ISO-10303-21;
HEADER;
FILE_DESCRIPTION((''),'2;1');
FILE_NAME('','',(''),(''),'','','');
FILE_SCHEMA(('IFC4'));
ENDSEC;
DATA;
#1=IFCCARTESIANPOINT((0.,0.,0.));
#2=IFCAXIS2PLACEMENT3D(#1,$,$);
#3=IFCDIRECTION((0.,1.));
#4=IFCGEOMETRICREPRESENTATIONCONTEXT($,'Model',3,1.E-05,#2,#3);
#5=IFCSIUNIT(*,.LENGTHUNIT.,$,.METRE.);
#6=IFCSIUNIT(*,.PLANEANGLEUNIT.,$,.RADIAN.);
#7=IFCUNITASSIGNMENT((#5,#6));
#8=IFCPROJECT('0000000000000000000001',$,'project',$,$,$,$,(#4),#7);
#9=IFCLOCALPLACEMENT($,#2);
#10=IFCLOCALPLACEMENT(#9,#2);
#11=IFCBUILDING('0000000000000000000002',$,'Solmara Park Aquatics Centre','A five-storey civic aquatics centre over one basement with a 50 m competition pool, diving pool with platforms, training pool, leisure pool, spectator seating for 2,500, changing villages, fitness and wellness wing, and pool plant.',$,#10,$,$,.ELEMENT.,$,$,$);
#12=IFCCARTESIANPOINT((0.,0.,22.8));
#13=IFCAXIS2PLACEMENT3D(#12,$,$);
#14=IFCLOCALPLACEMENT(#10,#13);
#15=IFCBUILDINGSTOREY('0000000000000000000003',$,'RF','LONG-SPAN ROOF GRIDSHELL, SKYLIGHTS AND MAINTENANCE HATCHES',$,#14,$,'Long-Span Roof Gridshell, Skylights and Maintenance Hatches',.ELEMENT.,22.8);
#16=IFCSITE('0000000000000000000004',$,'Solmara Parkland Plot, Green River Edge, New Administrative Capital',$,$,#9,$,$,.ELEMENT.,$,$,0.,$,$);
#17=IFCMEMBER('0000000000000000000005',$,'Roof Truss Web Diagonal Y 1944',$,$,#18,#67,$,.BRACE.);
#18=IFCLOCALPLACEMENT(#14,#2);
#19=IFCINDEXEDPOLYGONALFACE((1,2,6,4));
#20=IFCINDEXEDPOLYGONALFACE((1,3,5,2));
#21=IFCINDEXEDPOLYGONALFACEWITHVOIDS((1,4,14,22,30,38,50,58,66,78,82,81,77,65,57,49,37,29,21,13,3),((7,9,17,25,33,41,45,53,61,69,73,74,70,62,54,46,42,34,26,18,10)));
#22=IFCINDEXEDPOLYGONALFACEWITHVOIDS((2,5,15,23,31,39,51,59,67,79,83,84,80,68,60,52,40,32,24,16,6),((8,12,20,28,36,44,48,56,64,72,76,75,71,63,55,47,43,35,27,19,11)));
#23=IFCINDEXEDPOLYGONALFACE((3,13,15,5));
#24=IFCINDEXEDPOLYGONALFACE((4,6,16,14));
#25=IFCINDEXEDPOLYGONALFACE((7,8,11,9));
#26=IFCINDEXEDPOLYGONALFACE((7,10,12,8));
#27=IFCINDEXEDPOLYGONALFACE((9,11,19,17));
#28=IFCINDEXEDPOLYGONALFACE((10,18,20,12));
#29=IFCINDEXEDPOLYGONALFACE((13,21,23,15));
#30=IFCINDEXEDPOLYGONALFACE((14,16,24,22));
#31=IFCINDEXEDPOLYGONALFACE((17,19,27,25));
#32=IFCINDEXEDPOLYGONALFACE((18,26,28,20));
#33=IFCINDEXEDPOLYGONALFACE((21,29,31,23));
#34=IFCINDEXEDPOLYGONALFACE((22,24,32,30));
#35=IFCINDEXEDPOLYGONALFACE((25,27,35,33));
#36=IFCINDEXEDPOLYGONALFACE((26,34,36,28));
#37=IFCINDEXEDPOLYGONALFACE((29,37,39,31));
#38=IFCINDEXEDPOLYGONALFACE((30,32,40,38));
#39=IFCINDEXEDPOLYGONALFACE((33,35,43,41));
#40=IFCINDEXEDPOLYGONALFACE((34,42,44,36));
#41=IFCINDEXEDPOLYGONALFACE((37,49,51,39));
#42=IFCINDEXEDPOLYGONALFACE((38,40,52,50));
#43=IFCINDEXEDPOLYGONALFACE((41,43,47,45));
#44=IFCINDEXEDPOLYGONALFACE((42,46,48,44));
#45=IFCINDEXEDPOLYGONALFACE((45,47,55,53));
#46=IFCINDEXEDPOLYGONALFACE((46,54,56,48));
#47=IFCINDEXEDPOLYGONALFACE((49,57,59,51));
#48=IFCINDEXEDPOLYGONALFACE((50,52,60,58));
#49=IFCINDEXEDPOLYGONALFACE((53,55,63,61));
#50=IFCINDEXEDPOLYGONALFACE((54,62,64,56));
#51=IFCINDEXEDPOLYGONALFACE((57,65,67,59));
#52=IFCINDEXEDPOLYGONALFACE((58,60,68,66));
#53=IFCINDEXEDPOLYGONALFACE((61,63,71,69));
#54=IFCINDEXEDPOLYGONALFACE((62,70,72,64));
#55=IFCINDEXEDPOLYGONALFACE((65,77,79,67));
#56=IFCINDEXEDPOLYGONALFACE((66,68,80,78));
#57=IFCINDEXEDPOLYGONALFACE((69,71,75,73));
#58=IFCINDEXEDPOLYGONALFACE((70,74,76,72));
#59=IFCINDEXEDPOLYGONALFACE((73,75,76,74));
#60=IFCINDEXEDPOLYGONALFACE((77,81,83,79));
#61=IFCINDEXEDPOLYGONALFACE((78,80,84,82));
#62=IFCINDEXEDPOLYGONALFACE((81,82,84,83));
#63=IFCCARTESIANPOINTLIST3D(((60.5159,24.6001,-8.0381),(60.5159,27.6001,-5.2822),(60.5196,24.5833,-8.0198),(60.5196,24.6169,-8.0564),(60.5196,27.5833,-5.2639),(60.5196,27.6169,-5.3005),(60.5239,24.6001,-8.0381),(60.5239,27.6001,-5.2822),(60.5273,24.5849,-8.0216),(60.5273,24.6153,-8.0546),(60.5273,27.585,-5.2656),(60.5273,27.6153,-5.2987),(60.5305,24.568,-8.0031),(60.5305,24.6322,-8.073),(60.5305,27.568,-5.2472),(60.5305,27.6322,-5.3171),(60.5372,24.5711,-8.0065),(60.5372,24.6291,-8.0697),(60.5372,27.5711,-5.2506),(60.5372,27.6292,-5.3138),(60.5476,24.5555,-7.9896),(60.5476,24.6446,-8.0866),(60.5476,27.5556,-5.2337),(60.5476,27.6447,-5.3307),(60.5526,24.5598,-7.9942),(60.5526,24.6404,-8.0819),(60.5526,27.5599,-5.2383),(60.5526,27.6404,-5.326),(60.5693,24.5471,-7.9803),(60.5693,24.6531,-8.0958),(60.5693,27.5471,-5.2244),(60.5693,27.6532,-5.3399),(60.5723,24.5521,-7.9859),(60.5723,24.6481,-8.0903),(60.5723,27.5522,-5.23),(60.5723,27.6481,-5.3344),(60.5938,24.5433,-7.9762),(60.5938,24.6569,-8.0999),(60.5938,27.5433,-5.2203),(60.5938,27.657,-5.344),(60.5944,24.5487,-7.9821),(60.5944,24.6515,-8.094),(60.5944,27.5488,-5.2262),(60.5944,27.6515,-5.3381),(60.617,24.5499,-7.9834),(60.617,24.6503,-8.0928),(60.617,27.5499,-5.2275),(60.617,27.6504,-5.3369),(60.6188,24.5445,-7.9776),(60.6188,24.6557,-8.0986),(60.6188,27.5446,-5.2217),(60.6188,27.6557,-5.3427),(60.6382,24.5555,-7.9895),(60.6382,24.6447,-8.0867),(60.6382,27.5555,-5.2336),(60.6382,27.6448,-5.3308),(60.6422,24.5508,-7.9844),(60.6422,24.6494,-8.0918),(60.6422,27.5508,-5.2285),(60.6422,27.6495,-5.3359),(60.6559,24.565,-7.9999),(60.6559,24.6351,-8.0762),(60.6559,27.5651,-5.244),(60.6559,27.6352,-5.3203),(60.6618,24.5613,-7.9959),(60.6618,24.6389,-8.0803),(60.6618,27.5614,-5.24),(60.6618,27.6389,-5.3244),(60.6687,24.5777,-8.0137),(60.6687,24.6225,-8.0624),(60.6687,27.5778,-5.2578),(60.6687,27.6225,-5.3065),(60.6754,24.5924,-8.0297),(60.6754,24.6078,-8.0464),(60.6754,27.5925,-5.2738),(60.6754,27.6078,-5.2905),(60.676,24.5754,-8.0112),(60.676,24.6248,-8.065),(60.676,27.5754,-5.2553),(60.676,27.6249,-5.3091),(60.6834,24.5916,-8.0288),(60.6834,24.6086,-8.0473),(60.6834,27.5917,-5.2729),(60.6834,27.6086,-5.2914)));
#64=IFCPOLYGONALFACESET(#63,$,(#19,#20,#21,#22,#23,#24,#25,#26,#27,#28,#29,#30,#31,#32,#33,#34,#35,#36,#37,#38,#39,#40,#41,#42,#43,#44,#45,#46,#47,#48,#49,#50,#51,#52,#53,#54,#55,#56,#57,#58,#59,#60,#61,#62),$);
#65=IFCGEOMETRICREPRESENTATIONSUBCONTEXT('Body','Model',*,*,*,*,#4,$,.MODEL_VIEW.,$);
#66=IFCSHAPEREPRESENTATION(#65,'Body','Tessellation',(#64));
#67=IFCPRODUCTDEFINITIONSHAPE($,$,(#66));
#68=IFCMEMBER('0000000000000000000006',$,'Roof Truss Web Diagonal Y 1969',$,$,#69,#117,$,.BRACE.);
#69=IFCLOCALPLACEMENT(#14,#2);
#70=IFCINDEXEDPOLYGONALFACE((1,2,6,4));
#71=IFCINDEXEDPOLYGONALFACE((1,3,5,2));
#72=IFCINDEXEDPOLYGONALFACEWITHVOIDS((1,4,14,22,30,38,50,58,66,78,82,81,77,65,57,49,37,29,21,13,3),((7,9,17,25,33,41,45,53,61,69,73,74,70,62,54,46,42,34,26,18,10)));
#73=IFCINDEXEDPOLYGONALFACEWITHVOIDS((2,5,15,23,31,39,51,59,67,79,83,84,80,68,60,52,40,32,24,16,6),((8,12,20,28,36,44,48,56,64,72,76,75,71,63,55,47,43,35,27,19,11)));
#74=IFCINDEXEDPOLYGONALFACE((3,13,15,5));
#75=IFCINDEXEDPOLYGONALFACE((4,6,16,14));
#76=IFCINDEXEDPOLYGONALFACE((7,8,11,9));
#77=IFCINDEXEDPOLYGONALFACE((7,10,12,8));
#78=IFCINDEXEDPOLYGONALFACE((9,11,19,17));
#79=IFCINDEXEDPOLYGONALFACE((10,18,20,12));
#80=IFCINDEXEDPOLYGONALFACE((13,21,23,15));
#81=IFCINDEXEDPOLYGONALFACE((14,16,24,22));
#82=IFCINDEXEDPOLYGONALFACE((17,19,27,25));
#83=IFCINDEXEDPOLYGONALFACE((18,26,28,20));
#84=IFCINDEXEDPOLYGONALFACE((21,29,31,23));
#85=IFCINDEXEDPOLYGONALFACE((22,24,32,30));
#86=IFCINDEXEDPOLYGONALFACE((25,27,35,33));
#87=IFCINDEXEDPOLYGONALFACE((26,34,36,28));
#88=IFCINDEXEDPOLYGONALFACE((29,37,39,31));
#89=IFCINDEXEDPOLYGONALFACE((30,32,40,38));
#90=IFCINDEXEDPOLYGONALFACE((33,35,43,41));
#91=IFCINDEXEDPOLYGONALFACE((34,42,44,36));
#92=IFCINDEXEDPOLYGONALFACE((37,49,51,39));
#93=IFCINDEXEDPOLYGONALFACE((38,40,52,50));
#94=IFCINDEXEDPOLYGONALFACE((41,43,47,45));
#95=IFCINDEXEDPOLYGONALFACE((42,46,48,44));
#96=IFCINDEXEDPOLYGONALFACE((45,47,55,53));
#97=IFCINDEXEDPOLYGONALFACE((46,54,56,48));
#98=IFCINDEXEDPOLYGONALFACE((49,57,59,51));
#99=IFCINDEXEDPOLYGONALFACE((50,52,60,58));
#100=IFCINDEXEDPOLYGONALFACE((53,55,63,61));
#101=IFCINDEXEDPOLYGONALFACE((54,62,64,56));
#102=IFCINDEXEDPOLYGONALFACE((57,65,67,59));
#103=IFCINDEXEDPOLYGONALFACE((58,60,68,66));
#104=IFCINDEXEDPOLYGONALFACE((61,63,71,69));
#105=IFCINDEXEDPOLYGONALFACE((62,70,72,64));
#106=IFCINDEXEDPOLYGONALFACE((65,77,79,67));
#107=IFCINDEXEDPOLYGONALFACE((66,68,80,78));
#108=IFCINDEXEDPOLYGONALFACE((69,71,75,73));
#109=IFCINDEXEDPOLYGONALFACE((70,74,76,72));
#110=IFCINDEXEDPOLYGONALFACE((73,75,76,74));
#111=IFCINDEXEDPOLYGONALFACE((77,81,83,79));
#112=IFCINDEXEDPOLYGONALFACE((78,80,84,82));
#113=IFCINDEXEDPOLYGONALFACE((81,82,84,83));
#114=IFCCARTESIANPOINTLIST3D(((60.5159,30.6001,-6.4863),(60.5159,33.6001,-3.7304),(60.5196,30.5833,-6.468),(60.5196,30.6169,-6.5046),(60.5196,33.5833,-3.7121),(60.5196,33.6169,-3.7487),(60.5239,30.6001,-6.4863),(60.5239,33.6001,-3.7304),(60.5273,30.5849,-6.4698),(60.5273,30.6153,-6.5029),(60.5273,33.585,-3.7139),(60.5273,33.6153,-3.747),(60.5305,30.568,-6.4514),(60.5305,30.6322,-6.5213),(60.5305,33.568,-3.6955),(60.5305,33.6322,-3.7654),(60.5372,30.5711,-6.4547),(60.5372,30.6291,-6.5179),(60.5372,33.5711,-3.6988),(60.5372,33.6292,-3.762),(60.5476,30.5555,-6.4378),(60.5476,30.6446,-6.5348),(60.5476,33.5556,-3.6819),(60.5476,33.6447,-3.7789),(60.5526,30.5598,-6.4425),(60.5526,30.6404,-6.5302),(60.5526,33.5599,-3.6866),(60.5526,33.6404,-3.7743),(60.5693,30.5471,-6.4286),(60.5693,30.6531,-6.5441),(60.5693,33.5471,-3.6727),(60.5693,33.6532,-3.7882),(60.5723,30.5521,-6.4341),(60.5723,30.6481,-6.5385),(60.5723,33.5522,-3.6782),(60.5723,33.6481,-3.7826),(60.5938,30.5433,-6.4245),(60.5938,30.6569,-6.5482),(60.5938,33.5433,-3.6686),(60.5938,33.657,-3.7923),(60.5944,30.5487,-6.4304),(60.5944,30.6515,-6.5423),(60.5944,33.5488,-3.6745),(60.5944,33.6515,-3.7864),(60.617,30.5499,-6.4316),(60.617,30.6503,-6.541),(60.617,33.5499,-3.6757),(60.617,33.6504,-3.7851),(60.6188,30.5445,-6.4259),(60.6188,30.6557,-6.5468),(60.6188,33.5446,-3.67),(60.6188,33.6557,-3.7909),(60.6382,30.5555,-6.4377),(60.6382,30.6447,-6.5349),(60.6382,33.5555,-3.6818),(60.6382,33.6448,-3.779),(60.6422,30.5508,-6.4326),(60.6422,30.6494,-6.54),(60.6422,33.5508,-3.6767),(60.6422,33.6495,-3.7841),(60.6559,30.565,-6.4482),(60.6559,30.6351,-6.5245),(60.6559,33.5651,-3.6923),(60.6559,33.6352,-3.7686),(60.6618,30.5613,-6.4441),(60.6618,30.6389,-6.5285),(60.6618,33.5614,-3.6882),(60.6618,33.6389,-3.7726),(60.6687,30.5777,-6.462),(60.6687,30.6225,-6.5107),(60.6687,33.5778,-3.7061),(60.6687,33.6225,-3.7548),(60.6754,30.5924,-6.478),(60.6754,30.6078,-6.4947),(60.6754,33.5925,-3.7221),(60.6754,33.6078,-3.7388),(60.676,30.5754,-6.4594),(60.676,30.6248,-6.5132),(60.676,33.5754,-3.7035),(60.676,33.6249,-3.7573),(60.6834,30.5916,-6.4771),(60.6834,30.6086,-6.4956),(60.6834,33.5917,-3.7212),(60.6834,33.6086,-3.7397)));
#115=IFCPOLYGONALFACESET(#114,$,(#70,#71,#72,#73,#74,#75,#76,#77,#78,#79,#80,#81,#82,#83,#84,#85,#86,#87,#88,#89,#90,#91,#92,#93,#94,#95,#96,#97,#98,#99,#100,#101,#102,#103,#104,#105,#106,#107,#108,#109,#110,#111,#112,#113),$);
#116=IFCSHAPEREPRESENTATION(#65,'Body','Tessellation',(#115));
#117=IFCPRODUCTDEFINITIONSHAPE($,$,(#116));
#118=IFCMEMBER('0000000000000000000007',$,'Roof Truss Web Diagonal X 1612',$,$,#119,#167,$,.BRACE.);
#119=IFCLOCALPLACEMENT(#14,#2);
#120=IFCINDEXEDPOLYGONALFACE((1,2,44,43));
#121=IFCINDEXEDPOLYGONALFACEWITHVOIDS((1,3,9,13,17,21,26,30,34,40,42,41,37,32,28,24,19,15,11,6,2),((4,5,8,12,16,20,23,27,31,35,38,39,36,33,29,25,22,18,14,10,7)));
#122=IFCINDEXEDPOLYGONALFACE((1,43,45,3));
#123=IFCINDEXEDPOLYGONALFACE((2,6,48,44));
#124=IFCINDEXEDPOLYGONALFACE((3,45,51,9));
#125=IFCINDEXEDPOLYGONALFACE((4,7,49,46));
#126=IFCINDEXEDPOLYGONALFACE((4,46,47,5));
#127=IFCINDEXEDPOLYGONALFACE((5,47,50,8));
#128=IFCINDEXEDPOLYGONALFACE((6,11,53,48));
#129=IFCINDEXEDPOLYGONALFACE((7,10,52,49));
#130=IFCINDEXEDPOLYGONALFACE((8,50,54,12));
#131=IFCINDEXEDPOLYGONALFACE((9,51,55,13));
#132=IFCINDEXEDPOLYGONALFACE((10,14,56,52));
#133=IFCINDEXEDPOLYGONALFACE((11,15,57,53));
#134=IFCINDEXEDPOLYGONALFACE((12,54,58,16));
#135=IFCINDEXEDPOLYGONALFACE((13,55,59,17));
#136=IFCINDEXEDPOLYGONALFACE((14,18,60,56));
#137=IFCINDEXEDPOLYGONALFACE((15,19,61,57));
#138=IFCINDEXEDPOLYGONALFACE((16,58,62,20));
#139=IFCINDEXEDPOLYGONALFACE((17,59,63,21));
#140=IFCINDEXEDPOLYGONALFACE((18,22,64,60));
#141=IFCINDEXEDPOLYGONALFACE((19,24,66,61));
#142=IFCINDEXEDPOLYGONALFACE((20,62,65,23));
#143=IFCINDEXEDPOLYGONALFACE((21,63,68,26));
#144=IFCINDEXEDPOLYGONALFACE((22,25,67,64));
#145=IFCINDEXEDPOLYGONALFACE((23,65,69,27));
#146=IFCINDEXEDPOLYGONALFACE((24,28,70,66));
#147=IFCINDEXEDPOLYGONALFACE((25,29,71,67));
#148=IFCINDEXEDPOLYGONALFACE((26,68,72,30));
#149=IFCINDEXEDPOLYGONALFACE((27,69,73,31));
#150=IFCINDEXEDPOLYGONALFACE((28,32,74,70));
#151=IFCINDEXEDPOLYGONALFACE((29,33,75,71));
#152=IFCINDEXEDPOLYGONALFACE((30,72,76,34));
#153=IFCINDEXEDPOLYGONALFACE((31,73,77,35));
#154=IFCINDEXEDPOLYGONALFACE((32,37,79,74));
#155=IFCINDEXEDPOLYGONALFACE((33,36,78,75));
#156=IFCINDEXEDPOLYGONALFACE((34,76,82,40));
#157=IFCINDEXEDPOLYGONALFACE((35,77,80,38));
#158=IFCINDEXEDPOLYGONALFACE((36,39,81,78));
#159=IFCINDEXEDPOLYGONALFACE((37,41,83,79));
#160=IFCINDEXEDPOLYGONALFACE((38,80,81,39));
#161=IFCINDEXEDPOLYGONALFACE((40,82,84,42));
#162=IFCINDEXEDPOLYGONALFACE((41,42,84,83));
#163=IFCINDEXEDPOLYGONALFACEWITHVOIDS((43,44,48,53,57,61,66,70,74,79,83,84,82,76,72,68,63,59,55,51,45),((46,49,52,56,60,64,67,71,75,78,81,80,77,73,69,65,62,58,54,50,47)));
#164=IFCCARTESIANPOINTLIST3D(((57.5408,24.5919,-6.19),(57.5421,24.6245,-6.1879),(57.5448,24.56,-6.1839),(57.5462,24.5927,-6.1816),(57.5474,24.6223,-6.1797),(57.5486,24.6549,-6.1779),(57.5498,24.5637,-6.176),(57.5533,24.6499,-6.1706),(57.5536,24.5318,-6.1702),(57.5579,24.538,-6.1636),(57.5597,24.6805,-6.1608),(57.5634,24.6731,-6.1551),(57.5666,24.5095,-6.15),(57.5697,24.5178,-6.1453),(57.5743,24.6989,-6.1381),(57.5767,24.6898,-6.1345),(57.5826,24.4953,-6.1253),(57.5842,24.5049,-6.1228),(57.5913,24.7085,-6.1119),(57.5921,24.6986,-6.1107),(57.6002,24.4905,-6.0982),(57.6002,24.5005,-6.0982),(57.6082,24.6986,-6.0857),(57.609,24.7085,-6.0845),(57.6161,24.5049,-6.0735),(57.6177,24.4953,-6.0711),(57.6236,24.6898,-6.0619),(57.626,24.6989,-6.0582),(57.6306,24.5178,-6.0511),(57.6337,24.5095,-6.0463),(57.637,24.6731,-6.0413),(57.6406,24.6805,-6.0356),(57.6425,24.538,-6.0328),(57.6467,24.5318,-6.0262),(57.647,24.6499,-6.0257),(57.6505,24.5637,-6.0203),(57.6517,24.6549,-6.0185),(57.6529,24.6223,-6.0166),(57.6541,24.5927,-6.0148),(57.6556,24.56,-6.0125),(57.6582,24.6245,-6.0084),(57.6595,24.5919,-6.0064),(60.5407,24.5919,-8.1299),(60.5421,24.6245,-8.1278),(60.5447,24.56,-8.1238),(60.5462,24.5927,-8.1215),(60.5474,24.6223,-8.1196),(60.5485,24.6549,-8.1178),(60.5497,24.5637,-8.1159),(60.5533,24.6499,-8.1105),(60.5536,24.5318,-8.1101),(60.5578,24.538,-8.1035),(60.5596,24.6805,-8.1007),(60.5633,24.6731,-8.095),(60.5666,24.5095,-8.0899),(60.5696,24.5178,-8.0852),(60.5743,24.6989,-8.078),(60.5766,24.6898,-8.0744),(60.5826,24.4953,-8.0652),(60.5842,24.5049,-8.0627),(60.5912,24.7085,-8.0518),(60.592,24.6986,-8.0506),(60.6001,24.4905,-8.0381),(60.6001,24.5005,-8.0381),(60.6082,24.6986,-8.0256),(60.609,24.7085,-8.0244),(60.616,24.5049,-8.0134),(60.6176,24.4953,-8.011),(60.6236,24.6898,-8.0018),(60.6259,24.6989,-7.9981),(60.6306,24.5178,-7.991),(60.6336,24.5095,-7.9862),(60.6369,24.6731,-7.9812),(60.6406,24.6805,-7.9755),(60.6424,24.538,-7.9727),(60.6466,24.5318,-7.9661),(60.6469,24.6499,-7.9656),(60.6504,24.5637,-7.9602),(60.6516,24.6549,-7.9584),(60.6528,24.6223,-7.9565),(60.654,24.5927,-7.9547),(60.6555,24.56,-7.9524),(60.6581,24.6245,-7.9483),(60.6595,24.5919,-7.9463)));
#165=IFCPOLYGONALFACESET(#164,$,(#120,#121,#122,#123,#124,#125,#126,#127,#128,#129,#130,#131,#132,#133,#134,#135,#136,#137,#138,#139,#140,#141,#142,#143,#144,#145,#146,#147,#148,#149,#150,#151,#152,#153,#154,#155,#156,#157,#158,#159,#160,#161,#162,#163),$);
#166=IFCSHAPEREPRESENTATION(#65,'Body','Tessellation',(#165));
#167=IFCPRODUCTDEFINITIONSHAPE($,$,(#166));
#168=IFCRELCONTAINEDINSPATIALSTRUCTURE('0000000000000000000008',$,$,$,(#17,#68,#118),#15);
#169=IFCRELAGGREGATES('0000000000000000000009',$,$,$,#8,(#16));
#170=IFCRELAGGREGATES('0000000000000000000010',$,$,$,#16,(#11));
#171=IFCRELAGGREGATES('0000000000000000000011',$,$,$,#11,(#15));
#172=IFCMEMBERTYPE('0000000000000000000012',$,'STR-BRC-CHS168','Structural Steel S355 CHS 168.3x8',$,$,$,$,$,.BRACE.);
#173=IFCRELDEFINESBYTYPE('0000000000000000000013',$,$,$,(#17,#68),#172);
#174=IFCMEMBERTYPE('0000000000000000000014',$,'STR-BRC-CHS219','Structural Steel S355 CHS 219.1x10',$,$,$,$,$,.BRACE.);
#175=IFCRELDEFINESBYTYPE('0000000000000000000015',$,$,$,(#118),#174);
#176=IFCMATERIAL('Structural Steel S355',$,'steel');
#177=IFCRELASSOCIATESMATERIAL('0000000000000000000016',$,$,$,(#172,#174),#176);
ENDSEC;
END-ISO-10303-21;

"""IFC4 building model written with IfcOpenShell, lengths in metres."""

from ifc_helpers import new_model, si_unit, direction, frame, origin, origin_2d, place, context, subcontext, project, spatial, hollow_circle, extrude, material, material_profile, profile_set, type_object, element, save


model = new_model("IFC4")

# Units and contexts
model_context = context("Model", 3, precision=1e-05, world=origin(), true_north=direction((0.0, 1.0)))
body_context = subcontext(model_context, "Body", "Model", "MODEL_VIEW")
ifc_project = project(units=[si_unit("LENGTHUNIT", "METRE"), si_unit("PLANEANGLEUNIT", "RADIAN")], contexts=[model_context])

# Site, building, storey
site_placement = place(None, origin())
site = spatial("IfcSite", under=ifc_project, at=site_placement, Name="Solmara Parkland Plot, Green River Edge, New Administrative Capital", CompositionType="ELEMENT", RefElevation=0.0)
building_placement = place(site_placement, origin())
building = spatial("IfcBuilding", under=site, at=building_placement, Name="Solmara Park Aquatics Centre", Description="A five-storey civic aquatics centre over one basement with a 50 m competition pool, diving pool with platforms, training pool, leisure pool, spectator seating for 2,500, changing villages, fitness and wellness wing, and pool plant.", CompositionType="ELEMENT")
storey_placement = place(building_placement, frame((0.0, 0.0, 22.8)))
storey = spatial("IfcBuildingStorey", under=building, at=storey_placement, Name="RF", Description="LONG-SPAN ROOF GRIDSHELL, SKYLIGHTS AND MAINTENANCE HATCHES", LongName="Long-Span Roof Gridshell, Skylights and Maintenance Hatches", CompositionType="ELEMENT", Elevation=22.8)

# Members
ifc_material_1 = material(Name="Structural Steel S355", Category="steel")
ifc_material_profile_1 = material_profile(ifc_material_1, hollow_circle(Radius=0.0842, WallThickness=0.0081, at=origin_2d()), Name="CHS 168.3x8")
ifc_profile_set_1 = profile_set([ifc_material_profile_1], Name="Structural Steel S355")
member_type_1 = type_object("IfcMemberType", Name="STR-BRC-CHS168", Description="Structural Steel S355 CHS 168.3x8", PredefinedType="BRACE", material=ifc_profile_set_1)
for number, where, z_axis, x_axis, name in (
    (1, (60.6001, 24.6001, -8.0381), (0.0, 0.736437, 0.676506), (-1.0, 0.0, 0.0), "Roof Truss Web Diagonal Y 1944"),
    (2, (60.6001, 30.6001, -6.4863), (0.0, 0.736437, 0.676506), (-1.0, 0.0, 0.0), "Roof Truss Web Diagonal Y 1969"),
):
    element("IfcMember", number, at=place(storey_placement, frame(where, z_axis=z_axis, x_axis=x_axis)), inside=storey, type_object=member_type_1, Name=name, PredefinedType="BRACE", context=body_context, shape_type="SweptSolid", body=[
        extrude(hollow_circle(Radius=0.0842, WallThickness=0.0081, at=origin_2d()), origin(), (0.0, 0.0, 1.0), 4.0737),
    ])
ifc_material_profile_2 = material_profile(ifc_material_1, hollow_circle(Radius=0.1096, WallThickness=0.01, at=origin_2d()), Name="CHS 219.1x10")
ifc_profile_set_2 = profile_set([ifc_material_profile_2], Name="Structural Steel S355")
member_type_2 = type_object("IfcMemberType", Name="STR-BRC-CHS219", Description="Structural Steel S355 CHS 219.1x10", PredefinedType="BRACE", material=ifc_profile_set_2)
for number, where, z_axis, x_axis, name in (
    (3, (60.6001, 24.6001, -8.0381), (-0.839728, 0.0, 0.543008), (0.0, -1.0, 0.0), "Roof Truss Web Diagonal X 1612"),
):
    element("IfcMember", number, at=place(storey_placement, frame(where, z_axis=z_axis, x_axis=x_axis)), inside=storey, type_object=member_type_2, Name=name, PredefinedType="BRACE", context=body_context, shape_type="SweptSolid", body=[
        extrude(hollow_circle(Radius=0.1096, WallThickness=0.01, at=origin_2d()), origin(), (0.0, 0.0, 1.0), 3.5725),
    ])

save(model, "model.ifc")
